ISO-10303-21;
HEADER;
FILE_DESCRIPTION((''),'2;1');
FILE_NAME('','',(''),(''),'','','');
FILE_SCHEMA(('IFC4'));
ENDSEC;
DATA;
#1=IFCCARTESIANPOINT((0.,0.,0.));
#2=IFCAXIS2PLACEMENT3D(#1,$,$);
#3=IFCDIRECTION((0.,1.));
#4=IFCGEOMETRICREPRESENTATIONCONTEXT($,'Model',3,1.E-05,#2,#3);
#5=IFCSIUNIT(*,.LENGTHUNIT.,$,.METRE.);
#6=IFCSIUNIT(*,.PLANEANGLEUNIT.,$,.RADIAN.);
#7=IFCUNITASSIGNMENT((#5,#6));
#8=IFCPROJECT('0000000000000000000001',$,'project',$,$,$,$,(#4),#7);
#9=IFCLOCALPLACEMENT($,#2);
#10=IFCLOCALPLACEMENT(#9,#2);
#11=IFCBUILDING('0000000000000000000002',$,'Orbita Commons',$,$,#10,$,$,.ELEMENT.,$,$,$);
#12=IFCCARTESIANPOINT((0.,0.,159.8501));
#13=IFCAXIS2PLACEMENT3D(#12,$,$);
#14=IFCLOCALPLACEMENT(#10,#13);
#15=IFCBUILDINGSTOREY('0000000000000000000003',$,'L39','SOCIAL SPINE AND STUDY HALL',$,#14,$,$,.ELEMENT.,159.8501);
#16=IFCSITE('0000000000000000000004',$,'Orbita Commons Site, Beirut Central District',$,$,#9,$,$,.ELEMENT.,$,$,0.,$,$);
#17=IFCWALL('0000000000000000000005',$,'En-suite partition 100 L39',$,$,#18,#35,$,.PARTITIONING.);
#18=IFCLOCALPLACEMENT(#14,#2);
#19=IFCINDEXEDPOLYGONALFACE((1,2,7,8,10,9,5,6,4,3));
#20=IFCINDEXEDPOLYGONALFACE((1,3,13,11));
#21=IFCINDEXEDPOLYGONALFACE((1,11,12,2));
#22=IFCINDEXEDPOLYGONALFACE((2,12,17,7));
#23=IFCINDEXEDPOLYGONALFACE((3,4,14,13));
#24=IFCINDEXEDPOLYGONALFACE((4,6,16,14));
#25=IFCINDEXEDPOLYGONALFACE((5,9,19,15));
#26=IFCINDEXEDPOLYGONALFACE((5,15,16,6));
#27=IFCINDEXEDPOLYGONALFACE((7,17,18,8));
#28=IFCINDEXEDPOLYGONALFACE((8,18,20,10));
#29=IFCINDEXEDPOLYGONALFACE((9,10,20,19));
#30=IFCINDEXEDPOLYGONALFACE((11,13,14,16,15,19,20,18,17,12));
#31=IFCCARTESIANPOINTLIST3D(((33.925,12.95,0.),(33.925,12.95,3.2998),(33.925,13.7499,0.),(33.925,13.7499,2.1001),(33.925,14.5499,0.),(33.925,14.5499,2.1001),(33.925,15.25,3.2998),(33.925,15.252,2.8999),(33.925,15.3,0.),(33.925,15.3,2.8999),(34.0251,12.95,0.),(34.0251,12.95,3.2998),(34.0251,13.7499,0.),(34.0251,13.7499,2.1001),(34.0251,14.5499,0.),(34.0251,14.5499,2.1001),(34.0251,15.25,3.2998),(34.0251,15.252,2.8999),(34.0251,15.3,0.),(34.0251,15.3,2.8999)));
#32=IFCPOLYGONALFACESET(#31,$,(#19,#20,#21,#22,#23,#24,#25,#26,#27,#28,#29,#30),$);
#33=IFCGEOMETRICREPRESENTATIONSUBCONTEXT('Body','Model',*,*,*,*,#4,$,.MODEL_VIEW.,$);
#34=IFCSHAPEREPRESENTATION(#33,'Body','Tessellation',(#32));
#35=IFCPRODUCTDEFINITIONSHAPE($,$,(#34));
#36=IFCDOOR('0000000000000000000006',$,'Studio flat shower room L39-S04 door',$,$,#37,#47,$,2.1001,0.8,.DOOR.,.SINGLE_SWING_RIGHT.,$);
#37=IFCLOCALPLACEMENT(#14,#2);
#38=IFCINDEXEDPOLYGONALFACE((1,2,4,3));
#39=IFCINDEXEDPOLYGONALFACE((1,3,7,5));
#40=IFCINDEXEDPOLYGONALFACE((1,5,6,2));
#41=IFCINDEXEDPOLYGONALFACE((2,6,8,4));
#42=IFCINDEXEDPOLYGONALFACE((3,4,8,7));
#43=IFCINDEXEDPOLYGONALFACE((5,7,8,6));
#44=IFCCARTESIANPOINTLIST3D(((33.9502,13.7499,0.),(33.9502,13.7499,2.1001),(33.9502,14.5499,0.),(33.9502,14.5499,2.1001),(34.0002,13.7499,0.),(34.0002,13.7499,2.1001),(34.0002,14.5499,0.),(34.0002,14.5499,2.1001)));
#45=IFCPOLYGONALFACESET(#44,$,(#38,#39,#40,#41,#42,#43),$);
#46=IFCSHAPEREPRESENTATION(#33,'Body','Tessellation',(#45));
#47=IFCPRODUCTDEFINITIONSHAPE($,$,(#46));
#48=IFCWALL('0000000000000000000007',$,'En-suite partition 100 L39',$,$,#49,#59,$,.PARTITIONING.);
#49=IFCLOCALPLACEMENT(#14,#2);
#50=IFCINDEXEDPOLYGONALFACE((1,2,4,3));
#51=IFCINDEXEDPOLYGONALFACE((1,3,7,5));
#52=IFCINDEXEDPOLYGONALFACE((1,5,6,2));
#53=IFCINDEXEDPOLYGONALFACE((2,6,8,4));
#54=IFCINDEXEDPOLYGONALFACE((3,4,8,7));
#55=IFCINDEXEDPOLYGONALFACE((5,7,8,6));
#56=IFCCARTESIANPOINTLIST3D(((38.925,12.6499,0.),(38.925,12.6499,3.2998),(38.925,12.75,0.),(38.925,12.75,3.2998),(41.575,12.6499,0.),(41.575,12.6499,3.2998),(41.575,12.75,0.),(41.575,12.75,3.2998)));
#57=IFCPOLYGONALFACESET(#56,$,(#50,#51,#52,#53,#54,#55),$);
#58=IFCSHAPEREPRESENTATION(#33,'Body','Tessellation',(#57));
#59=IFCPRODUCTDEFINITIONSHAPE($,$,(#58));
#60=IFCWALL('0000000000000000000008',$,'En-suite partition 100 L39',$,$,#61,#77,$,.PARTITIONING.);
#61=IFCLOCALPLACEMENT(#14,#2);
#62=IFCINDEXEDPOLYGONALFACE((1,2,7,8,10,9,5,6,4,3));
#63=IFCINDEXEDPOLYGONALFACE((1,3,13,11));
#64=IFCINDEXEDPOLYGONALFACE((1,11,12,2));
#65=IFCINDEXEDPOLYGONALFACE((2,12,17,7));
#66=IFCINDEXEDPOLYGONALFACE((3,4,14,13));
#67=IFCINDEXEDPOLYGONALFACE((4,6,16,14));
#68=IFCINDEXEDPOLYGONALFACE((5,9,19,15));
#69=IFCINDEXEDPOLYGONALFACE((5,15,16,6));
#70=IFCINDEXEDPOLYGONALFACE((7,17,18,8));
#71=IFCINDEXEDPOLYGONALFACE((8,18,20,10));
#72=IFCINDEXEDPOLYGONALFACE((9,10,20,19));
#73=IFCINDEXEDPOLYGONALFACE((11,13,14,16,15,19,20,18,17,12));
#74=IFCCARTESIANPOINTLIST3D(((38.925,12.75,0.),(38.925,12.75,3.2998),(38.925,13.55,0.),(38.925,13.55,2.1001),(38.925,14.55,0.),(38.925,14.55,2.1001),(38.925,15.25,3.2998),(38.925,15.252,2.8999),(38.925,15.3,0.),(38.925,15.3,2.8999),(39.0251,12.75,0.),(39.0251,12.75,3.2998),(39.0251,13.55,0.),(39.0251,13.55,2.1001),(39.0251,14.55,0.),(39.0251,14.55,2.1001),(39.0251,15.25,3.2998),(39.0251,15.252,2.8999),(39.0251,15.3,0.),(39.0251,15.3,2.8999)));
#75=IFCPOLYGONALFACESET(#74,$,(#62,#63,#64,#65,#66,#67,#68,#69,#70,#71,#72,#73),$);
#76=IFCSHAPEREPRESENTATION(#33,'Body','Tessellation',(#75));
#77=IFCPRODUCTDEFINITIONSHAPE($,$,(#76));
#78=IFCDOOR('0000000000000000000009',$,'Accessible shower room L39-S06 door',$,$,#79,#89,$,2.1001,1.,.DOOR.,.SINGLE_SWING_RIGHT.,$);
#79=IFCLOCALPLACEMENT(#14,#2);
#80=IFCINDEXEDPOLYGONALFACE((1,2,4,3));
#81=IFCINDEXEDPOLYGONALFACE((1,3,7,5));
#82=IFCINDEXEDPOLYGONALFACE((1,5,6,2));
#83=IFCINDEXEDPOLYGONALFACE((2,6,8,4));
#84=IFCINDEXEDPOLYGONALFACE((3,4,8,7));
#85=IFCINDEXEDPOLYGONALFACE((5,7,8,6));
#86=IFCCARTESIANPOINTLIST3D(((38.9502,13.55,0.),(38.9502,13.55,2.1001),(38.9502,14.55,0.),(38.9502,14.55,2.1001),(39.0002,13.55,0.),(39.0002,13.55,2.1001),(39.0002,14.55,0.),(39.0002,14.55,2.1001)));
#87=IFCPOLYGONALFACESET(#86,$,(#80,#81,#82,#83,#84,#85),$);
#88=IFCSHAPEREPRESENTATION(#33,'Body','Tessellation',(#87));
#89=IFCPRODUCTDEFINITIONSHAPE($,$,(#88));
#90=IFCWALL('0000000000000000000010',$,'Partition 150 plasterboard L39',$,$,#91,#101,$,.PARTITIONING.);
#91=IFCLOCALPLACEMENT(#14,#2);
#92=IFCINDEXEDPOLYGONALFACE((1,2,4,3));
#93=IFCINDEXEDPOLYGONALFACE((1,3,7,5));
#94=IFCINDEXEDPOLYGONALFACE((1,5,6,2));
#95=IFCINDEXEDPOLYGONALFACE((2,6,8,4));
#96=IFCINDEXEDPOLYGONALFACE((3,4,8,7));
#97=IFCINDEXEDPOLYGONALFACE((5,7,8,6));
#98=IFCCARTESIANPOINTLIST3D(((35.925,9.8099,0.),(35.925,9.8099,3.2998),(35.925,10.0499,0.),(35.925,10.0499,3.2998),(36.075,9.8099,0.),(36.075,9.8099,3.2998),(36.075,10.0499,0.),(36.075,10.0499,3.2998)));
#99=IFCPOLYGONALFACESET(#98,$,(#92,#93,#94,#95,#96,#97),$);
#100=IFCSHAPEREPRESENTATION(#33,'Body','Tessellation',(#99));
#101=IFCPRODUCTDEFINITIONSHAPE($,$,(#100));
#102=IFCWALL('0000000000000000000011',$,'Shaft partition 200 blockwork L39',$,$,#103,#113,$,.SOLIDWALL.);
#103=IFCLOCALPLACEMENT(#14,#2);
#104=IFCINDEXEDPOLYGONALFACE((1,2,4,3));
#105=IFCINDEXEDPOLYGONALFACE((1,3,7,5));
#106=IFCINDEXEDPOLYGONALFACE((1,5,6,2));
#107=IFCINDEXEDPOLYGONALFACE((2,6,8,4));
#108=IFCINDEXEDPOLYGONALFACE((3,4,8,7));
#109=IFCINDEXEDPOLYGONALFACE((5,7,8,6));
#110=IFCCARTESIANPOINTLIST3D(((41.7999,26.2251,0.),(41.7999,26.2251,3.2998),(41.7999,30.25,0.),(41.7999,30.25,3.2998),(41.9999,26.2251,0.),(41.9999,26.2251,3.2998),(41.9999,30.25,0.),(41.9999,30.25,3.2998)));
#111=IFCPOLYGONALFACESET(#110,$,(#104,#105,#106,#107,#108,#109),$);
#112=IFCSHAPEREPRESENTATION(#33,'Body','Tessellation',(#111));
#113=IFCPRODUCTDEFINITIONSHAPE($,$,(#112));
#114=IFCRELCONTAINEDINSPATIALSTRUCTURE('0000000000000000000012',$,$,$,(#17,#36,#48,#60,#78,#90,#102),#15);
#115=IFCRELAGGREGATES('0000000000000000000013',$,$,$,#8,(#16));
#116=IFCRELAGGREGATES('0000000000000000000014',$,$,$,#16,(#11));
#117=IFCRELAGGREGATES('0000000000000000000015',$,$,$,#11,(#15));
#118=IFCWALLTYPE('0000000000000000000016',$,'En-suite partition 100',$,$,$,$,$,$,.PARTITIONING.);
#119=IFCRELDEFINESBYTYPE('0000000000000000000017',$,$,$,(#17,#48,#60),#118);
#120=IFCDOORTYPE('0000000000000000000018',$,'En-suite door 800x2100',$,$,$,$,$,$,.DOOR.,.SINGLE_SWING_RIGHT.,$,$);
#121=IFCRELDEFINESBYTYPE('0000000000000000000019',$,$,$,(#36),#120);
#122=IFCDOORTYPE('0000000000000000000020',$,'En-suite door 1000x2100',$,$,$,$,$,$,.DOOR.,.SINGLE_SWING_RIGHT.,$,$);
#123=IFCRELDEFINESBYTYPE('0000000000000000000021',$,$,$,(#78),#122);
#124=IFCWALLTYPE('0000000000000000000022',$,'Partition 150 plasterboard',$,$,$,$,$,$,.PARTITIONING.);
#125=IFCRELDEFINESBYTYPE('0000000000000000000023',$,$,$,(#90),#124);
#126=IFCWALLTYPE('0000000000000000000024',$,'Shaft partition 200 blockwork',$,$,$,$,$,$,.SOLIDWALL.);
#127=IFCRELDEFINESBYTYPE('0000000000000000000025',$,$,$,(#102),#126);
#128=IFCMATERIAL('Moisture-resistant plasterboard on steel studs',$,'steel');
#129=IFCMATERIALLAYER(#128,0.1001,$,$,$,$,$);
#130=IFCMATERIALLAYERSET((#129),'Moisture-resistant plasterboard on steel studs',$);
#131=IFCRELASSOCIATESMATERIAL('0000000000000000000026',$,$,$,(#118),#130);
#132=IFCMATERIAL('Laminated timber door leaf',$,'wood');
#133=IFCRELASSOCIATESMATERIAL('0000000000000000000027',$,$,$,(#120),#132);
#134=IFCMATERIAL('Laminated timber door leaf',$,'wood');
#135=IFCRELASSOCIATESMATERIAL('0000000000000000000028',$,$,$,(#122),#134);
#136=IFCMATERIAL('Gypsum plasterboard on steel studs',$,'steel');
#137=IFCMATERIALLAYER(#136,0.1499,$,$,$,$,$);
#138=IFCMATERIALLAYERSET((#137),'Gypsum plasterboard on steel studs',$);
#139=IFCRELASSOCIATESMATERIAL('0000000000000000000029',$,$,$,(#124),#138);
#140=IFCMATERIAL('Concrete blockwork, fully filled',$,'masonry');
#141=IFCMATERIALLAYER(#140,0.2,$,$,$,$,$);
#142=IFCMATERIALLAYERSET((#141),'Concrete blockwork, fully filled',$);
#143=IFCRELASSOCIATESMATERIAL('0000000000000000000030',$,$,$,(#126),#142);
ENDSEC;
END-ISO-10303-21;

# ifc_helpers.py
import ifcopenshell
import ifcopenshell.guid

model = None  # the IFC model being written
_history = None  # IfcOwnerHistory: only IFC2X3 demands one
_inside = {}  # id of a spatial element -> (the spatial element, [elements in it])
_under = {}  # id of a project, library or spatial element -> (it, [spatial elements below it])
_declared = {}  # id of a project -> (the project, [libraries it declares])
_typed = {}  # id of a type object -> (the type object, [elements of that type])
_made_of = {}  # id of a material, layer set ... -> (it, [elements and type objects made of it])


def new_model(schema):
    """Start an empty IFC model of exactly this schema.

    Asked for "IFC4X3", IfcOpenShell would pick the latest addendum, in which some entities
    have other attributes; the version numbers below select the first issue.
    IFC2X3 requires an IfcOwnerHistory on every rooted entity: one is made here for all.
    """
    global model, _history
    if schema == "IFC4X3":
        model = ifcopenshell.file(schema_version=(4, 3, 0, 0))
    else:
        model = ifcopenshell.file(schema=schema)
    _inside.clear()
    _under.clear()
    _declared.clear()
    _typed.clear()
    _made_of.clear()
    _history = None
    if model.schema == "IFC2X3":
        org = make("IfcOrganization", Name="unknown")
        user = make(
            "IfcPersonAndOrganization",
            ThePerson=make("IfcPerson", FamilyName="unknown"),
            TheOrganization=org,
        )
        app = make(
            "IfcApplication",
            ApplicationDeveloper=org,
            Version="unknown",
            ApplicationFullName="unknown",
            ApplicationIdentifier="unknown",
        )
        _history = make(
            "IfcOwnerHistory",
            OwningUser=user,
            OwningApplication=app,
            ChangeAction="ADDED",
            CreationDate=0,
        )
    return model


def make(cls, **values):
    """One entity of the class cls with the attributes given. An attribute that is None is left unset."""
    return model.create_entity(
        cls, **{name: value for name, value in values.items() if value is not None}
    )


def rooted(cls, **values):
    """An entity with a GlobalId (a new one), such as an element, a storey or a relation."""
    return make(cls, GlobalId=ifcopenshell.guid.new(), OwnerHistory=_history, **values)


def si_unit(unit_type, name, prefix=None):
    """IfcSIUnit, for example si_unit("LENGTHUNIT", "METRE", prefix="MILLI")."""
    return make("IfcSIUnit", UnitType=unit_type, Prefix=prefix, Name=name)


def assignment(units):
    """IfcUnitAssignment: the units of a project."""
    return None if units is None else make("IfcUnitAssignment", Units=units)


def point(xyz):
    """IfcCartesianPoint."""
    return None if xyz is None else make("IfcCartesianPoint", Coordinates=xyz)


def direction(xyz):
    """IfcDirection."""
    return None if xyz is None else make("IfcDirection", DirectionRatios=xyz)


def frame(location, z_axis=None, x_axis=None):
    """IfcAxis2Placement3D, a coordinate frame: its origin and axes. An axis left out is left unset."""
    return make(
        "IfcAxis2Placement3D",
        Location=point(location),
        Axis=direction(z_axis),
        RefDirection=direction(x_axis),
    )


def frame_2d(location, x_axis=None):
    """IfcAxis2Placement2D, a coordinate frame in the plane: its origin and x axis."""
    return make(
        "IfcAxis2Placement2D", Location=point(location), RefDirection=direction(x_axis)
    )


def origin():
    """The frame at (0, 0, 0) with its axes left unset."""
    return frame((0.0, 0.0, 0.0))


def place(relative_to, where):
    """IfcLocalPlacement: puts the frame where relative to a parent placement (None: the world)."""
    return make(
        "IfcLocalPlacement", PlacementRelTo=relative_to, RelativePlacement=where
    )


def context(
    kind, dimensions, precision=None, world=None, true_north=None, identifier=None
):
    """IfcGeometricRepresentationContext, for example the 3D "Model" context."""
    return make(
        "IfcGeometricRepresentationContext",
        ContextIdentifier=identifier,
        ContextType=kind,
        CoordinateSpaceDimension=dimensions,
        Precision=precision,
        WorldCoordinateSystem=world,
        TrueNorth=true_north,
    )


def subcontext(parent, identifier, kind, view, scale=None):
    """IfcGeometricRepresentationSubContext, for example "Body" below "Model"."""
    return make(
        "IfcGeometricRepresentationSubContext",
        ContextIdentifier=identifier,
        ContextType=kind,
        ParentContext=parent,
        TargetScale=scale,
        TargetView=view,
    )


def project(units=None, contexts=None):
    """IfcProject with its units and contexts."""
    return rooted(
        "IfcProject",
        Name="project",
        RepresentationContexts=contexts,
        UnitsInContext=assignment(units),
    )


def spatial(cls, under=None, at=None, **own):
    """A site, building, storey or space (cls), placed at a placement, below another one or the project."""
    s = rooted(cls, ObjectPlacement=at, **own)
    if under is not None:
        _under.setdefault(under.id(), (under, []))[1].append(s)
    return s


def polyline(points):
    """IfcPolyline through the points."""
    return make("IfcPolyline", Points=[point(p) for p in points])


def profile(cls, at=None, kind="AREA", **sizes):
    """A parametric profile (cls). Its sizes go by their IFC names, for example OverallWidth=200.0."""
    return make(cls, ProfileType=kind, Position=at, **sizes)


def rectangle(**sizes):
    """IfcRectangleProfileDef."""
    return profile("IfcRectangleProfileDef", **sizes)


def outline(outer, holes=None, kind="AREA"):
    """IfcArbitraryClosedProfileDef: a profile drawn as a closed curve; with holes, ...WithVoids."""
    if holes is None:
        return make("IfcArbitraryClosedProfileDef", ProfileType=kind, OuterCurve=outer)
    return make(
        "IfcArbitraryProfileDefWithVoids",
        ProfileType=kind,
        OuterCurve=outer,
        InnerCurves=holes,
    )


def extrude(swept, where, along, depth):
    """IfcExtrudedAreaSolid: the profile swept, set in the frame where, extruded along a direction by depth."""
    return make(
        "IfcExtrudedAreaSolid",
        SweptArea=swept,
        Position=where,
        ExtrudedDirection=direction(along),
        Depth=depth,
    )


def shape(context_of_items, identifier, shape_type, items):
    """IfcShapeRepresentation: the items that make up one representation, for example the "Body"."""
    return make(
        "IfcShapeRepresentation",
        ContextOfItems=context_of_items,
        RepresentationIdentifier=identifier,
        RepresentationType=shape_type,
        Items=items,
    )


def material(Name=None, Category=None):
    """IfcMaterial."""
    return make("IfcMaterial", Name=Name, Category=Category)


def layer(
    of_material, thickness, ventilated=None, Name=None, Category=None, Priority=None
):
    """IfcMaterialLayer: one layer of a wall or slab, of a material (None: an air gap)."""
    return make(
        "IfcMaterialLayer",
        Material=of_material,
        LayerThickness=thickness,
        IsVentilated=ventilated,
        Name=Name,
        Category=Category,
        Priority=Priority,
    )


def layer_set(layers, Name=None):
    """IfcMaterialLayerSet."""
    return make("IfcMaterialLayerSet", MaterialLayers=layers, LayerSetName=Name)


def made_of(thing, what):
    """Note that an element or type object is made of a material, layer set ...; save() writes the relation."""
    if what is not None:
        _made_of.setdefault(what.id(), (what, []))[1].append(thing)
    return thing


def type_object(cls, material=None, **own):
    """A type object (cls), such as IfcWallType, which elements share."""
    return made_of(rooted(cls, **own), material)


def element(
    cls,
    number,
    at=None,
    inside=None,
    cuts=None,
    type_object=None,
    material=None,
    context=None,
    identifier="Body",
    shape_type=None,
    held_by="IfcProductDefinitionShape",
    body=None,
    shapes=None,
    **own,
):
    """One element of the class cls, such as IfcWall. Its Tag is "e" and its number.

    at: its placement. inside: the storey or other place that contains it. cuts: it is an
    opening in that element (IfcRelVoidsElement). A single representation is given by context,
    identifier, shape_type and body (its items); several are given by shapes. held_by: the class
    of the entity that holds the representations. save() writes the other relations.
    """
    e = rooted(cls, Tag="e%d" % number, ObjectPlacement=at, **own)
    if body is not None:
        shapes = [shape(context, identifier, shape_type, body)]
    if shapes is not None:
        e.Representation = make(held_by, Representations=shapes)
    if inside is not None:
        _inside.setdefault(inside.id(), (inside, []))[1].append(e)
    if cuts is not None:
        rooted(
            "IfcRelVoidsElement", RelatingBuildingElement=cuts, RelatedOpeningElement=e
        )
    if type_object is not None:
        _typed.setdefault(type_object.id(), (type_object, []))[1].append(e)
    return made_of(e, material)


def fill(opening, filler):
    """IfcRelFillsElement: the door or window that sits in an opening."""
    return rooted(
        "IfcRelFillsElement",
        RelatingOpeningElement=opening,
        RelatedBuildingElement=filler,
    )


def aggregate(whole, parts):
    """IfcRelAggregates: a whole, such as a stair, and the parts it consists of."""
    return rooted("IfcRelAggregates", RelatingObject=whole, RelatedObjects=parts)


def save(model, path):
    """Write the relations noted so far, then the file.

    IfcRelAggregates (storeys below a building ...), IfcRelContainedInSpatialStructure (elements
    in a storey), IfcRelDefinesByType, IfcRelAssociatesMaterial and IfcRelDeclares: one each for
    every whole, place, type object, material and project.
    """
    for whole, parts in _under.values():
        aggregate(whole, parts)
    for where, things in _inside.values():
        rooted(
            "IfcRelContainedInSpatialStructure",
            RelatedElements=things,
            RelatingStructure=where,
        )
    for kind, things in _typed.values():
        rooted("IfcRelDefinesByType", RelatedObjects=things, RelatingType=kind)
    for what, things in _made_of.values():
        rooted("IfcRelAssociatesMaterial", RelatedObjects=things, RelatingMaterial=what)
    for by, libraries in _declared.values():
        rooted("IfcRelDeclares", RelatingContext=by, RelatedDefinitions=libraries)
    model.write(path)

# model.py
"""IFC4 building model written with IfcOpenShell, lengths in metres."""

from ifc_helpers import new_model, si_unit, direction, frame, frame_2d, origin, place, context, subcontext, project, spatial, polyline, rectangle, outline, extrude, material, layer, layer_set, type_object, element, fill, save


model = new_model("IFC4")

# Units and contexts
model_context = context("Model", 3, precision=1e-05, world=origin(), true_north=direction((0.0, 1.0)))
body_context = subcontext(model_context, "Body", "Model", "MODEL_VIEW")
ifc_project = project(units=[si_unit("LENGTHUNIT", "METRE"), si_unit("PLANEANGLEUNIT", "RADIAN")], contexts=[model_context])

# Site, building, storey
site_placement = place(None, origin())
site = spatial("IfcSite", under=ifc_project, at=site_placement, Name="Orbita Commons Site, Beirut Central District", CompositionType="ELEMENT", RefElevation=0.0)
building_placement = place(site_placement, origin())
building = spatial("IfcBuilding", under=site, at=building_placement, Name="Orbita Commons", CompositionType="ELEMENT")
storey_placement = place(building_placement, frame((0.0, 0.0, 159.8501)))
storey = spatial("IfcBuildingStorey", under=building, at=storey_placement, Name="L39", Description="SOCIAL SPINE AND STUDY HALL", CompositionType="ELEMENT", Elevation=159.8501)

# Wall, opening, door
ifc_material_1 = material(Name="Moisture-resistant plasterboard on steel studs", Category="steel")
ifc_layer_1 = layer(ifc_material_1, 0.1001)
ifc_layer_set_1 = layer_set([ifc_layer_1], Name="Moisture-resistant plasterboard on steel studs")
wall_type_1 = type_object("IfcWallType", Name="En-suite partition 100", PredefinedType="PARTITIONING", material=ifc_layer_set_1)
ifc_material_2 = material(Name="Laminated timber door leaf", Category="wood")
door_type_1 = type_object("IfcDoorType", Name="En-suite door 800x2100", OperationType="SINGLE_SWING_RIGHT", PredefinedType="DOOR", material=ifc_material_2)
wall_1_placement = place(storey_placement, frame((33.9751, 12.95, 0.0), z_axis=(0.0, 0.0, 1.0), x_axis=(0.0, 1.0, 0.0)))
wall_1 = element("IfcWall", 1, at=wall_1_placement, inside=storey, type_object=wall_type_1, Name="En-suite partition 100 L39", PredefinedType="PARTITIONING", context=body_context, shape_type="SweptSolid", body=[
    extrude(outline(polyline([(0.0, 0.0), (2.3501, 0.0), (2.3501, 2.8999), (2.302, 2.8999), (2.3, 3.2998), (0.0, 3.2998), (0.0, 0.0)])), frame((0.0, 0.05, 0.0), z_axis=(0.0, -1.0, 0.0), x_axis=(1.0, 0.0, 0.0)), (0.0, 0.0, 1.0), 0.1001),
])
opening_1_placement = place(wall_1_placement, frame((0.8, 0.0, 0.0)))
opening_1 = element("IfcOpeningElement", 2, at=opening_1_placement, cuts=wall_1, PredefinedType="OPENING", context=body_context, shape_type="SweptSolid", body=[
    extrude(rectangle(XDim=0.8, YDim=2.1001, at=frame_2d((0.3999, 1.05))), frame((0.0, 0.0601, 0.0), z_axis=(0.0, -1.0, 0.0), x_axis=(1.0, 0.0, 0.0)), (0.0, 0.0, 1.0), 0.1201),
])
door_1_placement = place(opening_1_placement, origin())
door_1 = element("IfcDoor", 3, at=door_1_placement, inside=storey, type_object=door_type_1, Name="Studio flat shower room L39-S04 door", OperationType="SINGLE_SWING_RIGHT", OverallHeight=2.1001, OverallWidth=0.8, PredefinedType="DOOR", context=body_context, shape_type="SweptSolid", body=[
    extrude(rectangle(XDim=0.8, YDim=2.1001, at=frame_2d((0.3999, 1.05))), frame((0.0, 0.0249, 0.0), z_axis=(0.0, -1.0, 0.0), x_axis=(1.0, 0.0, 0.0)), (0.0, 0.0, 1.0), 0.05),
])
fill(opening_1, door_1)

# Wall
wall_2_placement = place(storey_placement, frame((38.925, 12.7, 0.0), z_axis=(0.0, 0.0, 1.0), x_axis=(1.0, 0.0, 0.0)))
element("IfcWall", 4, at=wall_2_placement, inside=storey, type_object=wall_type_1, Name="En-suite partition 100 L39", PredefinedType="PARTITIONING", context=body_context, shape_type="SweptSolid", body=[
    extrude(rectangle(XDim=2.6499, YDim=0.1001, at=frame_2d((1.325, 0.0))), origin(), (0.0, 0.0, 1.0), 3.2998),
])

# Wall, opening, door
wall_3_placement = place(storey_placement, frame((38.9751, 12.75, 0.0), z_axis=(0.0, 0.0, 1.0), x_axis=(0.0, 1.0, 0.0)))
wall_3 = element("IfcWall", 5, at=wall_3_placement, inside=storey, type_object=wall_type_1, Name="En-suite partition 100 L39", PredefinedType="PARTITIONING", context=body_context, shape_type="SweptSolid", body=[
    extrude(outline(polyline([(0.0, 0.0), (2.55, 0.0), (2.55, 2.8999), (2.502, 2.8999), (2.5, 3.2998), (0.0, 3.2998), (0.0, 0.0)])), frame((0.0, 0.05, 0.0), z_axis=(0.0, -1.0, 0.0), x_axis=(1.0, 0.0, 0.0)), (0.0, 0.0, 1.0), 0.1001),
])
opening_2_placement = place(wall_3_placement, frame((0.8, 0.0, 0.0)))
opening_2 = element("IfcOpeningElement", 6, at=opening_2_placement, cuts=wall_3, PredefinedType="OPENING", context=body_context, shape_type="SweptSolid", body=[
    extrude(rectangle(XDim=1.0, YDim=2.1001, at=frame_2d((0.5, 1.05))), frame((0.0, 0.0601, 0.0), z_axis=(0.0, -1.0, 0.0), x_axis=(1.0, 0.0, 0.0)), (0.0, 0.0, 1.0), 0.1201),
])
ifc_material_3 = material(Name="Laminated timber door leaf", Category="wood")
door_type_2 = type_object("IfcDoorType", Name="En-suite door 1000x2100", OperationType="SINGLE_SWING_RIGHT", PredefinedType="DOOR", material=ifc_material_3)
door_2_placement = place(opening_2_placement, origin())
door_2 = element("IfcDoor", 7, at=door_2_placement, inside=storey, type_object=door_type_2, Name="Accessible shower room L39-S06 door", OperationType="SINGLE_SWING_RIGHT", OverallHeight=2.1001, OverallWidth=1.0, PredefinedType="DOOR", context=body_context, shape_type="SweptSolid", body=[
    extrude(rectangle(XDim=1.0, YDim=2.1001, at=frame_2d((0.5, 1.05))), frame((0.0, 0.0249, 0.0), z_axis=(0.0, -1.0, 0.0), x_axis=(1.0, 0.0, 0.0)), (0.0, 0.0, 1.0), 0.05),
])
fill(opening_2, door_2)

# Walls
ifc_material_4 = material(Name="Gypsum plasterboard on steel studs", Category="steel")
ifc_layer_2 = layer(ifc_material_4, 0.1499)
ifc_layer_set_2 = layer_set([ifc_layer_2], Name="Gypsum plasterboard on steel studs")
wall_type_2 = type_object("IfcWallType", Name="Partition 150 plasterboard", PredefinedType="PARTITIONING", material=ifc_layer_set_2)
wall_4_placement = place(storey_placement, frame((36.0, 10.05, 0.0), z_axis=(0.0, 0.0, 1.0), x_axis=(0.0, -1.0, 0.0)))
element("IfcWall", 8, at=wall_4_placement, inside=storey, type_object=wall_type_2, Name="Partition 150 plasterboard L39", PredefinedType="PARTITIONING", context=body_context, shape_type="SweptSolid", body=[
    extrude(rectangle(XDim=0.24, YDim=0.1499, at=frame_2d((0.1201, 0.0))), origin(), (0.0, 0.0, 1.0), 3.2998),
])
ifc_material_5 = material(Name="Concrete blockwork, fully filled", Category="masonry")
ifc_layer_3 = layer(ifc_material_5, 0.2)
ifc_layer_set_3 = layer_set([ifc_layer_3], Name="Concrete blockwork, fully filled")
wall_type_3 = type_object("IfcWallType", Name="Shaft partition 200 blockwork", PredefinedType="SOLIDWALL", material=ifc_layer_set_3)
wall_5_placement = place(storey_placement, frame((41.8999, 26.2251, 0.0), z_axis=(0.0, 0.0, 1.0), x_axis=(0.0, 1.0, 0.0)))
element("IfcWall", 9, at=wall_5_placement, inside=storey, type_object=wall_type_3, Name="Shaft partition 200 blockwork L39", PredefinedType="SOLIDWALL", context=body_context, shape_type="SweptSolid", body=[
    extrude(rectangle(XDim=4.0249, YDim=0.2, at=frame_2d((2.0125, 0.0))), origin(), (0.0, 0.0, 1.0), 3.2998),
])

save(model, "model.ifc")
